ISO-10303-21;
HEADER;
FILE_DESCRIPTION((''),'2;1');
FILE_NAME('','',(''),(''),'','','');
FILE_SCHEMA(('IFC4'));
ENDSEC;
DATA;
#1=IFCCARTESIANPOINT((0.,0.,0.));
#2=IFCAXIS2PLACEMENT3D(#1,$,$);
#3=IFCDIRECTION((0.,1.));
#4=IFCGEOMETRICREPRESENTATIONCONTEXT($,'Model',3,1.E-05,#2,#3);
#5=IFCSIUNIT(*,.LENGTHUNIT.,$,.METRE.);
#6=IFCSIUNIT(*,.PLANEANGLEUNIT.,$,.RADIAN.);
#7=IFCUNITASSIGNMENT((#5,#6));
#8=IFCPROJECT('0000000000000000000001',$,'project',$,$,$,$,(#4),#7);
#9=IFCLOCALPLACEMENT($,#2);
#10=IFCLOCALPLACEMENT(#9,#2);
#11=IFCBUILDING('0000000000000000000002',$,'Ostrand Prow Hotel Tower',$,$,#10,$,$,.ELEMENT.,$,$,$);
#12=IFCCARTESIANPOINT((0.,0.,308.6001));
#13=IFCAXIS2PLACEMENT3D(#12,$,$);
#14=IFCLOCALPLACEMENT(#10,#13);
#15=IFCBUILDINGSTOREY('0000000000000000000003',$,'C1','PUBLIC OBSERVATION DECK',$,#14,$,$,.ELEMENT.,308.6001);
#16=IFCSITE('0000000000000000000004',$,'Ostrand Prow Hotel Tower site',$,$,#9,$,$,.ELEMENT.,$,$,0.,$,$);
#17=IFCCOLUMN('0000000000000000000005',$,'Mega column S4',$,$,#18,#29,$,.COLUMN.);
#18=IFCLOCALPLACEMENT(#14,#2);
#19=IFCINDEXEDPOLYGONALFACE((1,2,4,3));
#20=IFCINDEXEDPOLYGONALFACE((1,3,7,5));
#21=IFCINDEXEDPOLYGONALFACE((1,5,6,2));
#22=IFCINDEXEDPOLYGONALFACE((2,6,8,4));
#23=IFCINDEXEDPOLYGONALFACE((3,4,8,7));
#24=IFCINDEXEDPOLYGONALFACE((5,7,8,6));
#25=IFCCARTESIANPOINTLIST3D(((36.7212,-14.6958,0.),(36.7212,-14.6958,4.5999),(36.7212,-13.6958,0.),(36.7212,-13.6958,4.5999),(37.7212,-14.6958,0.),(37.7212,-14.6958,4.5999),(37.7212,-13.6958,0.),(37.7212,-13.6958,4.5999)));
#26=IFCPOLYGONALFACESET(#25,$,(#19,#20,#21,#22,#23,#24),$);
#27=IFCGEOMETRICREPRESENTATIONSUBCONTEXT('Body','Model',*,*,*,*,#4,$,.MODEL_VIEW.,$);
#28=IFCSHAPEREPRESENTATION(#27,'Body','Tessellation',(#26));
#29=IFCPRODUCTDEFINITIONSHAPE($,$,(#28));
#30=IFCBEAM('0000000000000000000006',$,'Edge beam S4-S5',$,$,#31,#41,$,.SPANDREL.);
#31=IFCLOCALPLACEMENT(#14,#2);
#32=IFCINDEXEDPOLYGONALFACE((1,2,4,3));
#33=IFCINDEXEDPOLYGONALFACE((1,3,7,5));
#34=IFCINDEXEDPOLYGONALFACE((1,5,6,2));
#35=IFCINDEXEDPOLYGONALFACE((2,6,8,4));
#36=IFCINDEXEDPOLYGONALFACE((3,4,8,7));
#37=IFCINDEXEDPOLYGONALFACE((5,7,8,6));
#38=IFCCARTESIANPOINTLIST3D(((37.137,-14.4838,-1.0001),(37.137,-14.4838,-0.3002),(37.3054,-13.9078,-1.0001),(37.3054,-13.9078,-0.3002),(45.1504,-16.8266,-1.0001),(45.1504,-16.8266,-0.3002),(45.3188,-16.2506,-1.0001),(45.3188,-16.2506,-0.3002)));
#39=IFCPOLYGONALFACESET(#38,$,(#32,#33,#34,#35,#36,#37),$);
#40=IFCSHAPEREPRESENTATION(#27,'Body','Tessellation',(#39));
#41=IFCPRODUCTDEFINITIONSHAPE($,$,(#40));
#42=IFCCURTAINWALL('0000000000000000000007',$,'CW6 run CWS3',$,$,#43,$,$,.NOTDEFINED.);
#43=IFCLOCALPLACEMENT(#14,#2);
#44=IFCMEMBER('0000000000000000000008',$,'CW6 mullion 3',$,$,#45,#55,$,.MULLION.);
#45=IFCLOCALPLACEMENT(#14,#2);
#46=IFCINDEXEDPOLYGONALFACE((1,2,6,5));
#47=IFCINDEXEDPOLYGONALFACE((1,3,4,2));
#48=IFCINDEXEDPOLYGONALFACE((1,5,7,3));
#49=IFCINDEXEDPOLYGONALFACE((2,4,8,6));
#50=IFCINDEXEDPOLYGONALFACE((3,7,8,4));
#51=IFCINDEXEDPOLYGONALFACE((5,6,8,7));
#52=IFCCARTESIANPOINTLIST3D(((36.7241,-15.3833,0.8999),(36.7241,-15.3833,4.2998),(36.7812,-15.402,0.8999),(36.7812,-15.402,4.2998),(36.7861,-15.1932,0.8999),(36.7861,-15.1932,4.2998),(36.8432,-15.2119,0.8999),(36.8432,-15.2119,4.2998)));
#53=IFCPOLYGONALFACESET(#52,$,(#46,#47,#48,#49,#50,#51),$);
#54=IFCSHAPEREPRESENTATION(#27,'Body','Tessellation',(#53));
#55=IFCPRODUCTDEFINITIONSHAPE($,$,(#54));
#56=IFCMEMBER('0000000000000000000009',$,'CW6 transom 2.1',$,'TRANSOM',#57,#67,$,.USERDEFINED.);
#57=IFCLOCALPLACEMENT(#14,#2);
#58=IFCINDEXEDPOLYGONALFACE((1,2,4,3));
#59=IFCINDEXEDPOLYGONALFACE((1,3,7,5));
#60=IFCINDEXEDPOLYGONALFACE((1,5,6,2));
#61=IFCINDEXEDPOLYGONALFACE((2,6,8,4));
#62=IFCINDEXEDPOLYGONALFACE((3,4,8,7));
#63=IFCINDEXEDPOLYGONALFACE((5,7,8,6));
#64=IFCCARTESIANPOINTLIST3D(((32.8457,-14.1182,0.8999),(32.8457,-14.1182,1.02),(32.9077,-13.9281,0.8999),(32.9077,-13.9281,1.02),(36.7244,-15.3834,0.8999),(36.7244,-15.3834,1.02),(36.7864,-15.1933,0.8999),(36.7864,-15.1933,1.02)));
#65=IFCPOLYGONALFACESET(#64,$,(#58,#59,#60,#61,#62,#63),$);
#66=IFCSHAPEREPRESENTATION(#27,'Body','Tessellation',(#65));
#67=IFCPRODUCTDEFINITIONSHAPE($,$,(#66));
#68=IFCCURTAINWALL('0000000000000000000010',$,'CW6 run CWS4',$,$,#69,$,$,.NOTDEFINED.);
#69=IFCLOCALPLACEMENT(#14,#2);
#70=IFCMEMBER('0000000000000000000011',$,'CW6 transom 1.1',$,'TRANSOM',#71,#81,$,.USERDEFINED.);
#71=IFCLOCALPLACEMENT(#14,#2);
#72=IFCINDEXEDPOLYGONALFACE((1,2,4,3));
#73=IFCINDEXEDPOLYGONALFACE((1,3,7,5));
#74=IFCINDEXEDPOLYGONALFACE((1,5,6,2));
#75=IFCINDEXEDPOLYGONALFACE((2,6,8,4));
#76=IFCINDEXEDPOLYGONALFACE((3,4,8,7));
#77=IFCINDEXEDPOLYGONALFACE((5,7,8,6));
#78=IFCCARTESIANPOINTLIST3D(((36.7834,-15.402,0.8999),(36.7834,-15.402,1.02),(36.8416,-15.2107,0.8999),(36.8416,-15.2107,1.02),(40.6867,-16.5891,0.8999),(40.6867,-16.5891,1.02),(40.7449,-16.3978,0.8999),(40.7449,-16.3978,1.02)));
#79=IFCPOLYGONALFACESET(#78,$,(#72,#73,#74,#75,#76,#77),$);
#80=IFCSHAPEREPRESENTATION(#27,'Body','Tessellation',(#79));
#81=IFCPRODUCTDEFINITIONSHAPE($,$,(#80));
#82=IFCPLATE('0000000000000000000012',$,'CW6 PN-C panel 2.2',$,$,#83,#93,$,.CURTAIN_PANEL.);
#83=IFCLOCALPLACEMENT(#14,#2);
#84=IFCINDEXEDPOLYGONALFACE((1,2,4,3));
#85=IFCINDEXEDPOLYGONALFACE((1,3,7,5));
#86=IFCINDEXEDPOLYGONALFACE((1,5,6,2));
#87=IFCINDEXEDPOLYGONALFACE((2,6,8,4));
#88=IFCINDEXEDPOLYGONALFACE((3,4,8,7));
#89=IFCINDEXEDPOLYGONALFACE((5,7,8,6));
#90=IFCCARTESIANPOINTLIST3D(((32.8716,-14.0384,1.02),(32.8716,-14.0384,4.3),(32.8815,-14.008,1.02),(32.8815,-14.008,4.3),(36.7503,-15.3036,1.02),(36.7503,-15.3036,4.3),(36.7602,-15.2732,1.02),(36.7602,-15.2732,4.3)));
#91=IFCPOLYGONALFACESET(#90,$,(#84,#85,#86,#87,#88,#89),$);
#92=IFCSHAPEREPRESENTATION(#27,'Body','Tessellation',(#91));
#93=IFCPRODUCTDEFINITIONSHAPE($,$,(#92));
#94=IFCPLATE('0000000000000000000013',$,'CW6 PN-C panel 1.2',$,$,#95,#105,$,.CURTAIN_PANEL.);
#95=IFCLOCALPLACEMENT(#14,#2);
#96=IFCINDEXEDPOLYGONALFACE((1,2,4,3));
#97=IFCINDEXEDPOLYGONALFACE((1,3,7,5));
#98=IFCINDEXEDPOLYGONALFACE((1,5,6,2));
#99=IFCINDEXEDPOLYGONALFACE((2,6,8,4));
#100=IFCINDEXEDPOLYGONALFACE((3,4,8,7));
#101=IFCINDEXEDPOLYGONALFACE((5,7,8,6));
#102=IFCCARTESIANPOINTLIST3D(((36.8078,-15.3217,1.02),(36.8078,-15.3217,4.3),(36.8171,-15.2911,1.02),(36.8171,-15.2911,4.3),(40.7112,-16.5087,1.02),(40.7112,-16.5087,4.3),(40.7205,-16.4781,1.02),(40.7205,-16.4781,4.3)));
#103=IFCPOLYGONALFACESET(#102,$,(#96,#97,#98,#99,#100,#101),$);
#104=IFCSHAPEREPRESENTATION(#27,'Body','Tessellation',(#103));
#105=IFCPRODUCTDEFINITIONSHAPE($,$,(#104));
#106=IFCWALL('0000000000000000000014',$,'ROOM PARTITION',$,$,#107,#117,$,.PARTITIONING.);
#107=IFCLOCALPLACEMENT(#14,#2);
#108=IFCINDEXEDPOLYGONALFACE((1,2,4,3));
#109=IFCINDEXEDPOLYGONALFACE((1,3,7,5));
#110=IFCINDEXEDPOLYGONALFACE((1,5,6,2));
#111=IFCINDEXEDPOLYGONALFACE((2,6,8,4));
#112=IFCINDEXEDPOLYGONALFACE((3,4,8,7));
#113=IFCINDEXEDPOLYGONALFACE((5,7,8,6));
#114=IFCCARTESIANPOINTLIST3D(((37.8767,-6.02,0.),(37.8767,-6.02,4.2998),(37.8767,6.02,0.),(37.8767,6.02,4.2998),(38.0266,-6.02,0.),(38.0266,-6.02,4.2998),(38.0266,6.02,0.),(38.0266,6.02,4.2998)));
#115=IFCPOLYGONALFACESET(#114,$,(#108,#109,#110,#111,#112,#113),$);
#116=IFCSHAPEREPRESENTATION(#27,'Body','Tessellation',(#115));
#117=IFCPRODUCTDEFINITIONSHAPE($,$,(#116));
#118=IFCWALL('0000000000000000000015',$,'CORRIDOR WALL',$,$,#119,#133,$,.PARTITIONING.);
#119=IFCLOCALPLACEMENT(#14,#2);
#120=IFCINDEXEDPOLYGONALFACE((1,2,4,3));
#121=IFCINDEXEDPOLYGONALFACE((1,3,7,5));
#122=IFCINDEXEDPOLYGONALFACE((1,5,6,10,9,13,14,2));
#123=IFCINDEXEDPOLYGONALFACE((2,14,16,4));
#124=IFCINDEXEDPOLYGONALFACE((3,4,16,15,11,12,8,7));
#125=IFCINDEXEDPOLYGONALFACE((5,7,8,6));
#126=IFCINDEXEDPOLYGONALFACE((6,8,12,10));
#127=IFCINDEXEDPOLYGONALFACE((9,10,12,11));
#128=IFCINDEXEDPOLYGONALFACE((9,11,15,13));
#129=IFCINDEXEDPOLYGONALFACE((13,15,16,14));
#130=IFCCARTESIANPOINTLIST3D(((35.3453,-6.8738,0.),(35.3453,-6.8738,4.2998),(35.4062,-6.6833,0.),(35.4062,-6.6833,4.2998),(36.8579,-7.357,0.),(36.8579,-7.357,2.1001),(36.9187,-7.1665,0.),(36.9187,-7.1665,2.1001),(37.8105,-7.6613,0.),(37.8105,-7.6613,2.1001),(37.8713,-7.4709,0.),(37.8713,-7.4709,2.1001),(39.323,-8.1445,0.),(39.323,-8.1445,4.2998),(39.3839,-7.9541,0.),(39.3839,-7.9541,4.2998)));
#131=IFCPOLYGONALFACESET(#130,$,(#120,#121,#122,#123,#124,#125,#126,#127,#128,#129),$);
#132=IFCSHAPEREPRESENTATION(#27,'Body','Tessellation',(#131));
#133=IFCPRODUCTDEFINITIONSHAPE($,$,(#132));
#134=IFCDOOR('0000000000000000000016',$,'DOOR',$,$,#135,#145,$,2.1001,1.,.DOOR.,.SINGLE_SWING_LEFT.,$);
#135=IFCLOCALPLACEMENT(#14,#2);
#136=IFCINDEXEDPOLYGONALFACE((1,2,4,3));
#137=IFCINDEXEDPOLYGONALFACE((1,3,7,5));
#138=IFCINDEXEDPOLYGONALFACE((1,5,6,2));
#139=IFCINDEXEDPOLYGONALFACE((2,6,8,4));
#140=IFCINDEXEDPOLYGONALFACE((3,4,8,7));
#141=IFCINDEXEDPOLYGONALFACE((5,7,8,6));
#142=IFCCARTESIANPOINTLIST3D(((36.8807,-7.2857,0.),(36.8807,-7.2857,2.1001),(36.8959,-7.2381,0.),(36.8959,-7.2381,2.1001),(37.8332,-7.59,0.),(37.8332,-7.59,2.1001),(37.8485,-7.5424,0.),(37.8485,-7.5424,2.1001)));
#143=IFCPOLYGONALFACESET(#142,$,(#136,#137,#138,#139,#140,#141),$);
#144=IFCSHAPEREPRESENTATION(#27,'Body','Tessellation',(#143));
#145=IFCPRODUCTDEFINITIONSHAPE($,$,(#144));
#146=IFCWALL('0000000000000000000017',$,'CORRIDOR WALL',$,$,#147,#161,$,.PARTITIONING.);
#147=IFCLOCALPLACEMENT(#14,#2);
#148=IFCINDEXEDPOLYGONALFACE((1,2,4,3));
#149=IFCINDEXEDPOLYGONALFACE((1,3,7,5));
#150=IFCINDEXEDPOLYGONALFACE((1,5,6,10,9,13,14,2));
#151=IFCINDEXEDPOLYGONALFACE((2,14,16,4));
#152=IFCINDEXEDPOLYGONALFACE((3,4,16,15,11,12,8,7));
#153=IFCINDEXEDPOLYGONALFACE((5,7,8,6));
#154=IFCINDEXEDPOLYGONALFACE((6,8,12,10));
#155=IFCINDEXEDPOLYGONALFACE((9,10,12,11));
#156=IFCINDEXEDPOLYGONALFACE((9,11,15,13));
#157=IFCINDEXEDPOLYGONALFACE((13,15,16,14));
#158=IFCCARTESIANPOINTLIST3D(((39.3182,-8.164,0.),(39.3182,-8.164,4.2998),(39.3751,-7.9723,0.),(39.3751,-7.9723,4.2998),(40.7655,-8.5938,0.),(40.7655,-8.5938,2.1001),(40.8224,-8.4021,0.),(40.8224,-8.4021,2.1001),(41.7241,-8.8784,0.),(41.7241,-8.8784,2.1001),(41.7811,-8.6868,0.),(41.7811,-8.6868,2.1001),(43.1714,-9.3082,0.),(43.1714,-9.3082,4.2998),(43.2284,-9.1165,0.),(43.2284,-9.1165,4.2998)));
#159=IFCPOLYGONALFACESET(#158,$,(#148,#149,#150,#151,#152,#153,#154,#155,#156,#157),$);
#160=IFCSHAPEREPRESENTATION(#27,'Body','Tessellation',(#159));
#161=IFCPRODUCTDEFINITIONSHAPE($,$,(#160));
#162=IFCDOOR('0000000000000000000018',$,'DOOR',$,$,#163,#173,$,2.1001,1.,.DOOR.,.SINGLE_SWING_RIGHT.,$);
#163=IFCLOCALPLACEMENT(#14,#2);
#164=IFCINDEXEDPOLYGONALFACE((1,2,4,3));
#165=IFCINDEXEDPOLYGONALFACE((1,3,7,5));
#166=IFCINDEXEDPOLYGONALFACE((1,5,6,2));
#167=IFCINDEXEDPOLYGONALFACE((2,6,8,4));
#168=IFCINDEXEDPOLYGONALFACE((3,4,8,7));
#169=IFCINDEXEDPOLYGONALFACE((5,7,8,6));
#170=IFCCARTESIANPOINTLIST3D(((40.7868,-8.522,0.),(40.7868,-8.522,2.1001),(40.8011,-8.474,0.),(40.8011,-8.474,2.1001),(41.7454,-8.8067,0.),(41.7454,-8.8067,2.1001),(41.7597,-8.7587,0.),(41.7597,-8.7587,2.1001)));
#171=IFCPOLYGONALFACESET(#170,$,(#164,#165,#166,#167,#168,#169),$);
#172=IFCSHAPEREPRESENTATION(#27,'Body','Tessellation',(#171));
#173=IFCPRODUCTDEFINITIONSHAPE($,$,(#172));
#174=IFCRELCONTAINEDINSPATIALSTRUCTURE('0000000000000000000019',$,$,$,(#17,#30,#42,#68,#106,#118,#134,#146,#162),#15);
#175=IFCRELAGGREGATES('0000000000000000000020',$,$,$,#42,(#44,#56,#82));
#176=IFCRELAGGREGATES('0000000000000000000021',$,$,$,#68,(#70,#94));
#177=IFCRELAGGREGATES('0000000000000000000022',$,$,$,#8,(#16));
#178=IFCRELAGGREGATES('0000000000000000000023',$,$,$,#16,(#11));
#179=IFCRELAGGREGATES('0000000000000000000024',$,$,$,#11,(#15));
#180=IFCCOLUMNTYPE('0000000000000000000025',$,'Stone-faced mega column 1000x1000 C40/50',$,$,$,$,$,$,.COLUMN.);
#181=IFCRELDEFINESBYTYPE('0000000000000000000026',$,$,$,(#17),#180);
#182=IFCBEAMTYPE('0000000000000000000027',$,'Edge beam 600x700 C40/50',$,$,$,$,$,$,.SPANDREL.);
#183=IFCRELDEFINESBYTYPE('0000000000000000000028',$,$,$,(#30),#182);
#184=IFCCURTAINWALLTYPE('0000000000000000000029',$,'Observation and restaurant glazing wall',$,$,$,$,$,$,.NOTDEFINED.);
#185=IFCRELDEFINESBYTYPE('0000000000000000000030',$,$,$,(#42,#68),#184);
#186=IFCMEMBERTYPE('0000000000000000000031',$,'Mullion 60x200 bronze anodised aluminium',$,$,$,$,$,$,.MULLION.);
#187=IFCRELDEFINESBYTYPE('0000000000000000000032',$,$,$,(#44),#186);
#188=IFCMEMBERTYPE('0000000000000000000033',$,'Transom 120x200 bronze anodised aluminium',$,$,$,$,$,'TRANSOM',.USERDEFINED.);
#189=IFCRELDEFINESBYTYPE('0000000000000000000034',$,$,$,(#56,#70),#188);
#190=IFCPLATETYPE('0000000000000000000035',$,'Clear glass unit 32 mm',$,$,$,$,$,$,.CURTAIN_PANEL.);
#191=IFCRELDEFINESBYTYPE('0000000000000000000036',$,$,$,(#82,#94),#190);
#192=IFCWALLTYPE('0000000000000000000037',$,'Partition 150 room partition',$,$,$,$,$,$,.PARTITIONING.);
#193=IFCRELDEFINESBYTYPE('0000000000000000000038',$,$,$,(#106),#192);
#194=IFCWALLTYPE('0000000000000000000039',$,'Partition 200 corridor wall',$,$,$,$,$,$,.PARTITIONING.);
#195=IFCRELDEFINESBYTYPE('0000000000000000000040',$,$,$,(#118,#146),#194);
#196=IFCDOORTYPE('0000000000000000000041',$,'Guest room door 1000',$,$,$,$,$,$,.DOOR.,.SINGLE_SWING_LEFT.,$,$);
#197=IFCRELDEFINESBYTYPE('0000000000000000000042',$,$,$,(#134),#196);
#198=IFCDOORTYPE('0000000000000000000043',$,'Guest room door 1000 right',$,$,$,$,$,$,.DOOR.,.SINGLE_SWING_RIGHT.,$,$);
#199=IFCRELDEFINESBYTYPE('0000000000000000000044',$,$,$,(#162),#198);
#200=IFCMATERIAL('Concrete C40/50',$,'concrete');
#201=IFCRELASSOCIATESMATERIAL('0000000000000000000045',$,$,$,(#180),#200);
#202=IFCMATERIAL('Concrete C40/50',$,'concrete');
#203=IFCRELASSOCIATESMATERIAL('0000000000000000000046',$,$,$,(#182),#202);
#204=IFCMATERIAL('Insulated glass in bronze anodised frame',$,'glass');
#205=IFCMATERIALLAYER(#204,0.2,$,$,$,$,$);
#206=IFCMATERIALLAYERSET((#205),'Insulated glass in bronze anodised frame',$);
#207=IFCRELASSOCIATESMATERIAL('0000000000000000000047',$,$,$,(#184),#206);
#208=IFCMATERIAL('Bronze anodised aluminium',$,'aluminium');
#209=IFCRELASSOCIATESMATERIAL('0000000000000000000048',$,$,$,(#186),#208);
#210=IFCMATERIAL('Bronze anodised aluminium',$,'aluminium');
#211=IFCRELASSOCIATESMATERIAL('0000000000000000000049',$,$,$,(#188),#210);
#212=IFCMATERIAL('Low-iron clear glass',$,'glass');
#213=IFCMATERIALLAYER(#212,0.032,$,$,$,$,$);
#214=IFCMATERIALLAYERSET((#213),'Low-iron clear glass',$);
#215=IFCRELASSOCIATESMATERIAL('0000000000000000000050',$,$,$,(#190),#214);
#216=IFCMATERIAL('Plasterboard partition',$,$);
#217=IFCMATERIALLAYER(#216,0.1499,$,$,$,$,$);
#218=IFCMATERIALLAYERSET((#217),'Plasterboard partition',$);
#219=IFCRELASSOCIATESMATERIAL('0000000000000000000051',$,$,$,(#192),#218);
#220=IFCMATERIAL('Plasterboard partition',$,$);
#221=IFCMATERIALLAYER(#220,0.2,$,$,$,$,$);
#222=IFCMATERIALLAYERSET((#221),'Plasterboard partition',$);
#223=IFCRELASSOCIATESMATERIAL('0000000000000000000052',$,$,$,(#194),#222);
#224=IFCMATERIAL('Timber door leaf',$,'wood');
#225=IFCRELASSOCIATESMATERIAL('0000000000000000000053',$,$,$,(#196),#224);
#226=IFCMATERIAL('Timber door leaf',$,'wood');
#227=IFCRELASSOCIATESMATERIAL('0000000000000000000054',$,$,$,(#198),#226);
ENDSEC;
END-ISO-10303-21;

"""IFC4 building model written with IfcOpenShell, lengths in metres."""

from ifc_helpers import new_model, si_unit, direction, frame, frame_2d, origin, origin_2d, place, context, subcontext, project, spatial, rectangle, extrude, material, layer, layer_set, material_profile, profile_set, type_object, element, fill, aggregate, save


model = new_model("IFC4")

# Units and contexts
model_context = context("Model", 3, precision=1e-05, world=origin(), true_north=direction((0.0, 1.0)))
body_context = subcontext(model_context, "Body", "Model", "MODEL_VIEW")
ifc_project = project(units=[si_unit("LENGTHUNIT", "METRE"), si_unit("PLANEANGLEUNIT", "RADIAN")], contexts=[model_context])

# Site, building, storey
site_placement = place(None, origin())
site = spatial("IfcSite", under=ifc_project, at=site_placement, Name="Ostrand Prow Hotel Tower site", CompositionType="ELEMENT", RefElevation=0.0)
building_placement = place(site_placement, origin())
building = spatial("IfcBuilding", under=site, at=building_placement, Name="Ostrand Prow Hotel Tower", CompositionType="ELEMENT")
storey_placement = place(building_placement, frame((0.0, 0.0, 308.6001)))
storey = spatial("IfcBuildingStorey", under=building, at=storey_placement, Name="C1", Description="PUBLIC OBSERVATION DECK", CompositionType="ELEMENT", Elevation=308.6001)

# Column
ifc_material_1 = material(Name="Concrete C40/50", Category="concrete")
ifc_material_profile_1 = material_profile(ifc_material_1, rectangle(XDim=1.0, YDim=1.0, at=origin_2d()), Name="RC 1000x1000")
ifc_profile_set_1 = profile_set([ifc_material_profile_1], Name="Concrete C40/50")
column_type = type_object("IfcColumnType", Name="Stone-faced mega column 1000x1000 C40/50", PredefinedType="COLUMN", material=ifc_profile_set_1)
column_placement = place(storey_placement, frame((37.2212, -14.1958, 0.0), z_axis=(0.0, 0.0, 1.0), x_axis=(1.0, 0.0, 0.0)))
element("IfcColumn", 1, at=column_placement, inside=storey, type_object=column_type, Name="Mega column S4", PredefinedType="COLUMN", context=body_context, shape_type="SweptSolid", body=[
    extrude(rectangle(XDim=1.0, YDim=1.0, at=origin_2d()), origin(), (0.0, 0.0, 1.0), 4.5999),
])

# Beam
ifc_material_2 = material(Name="Concrete C40/50", Category="concrete")
ifc_material_profile_2 = material_profile(ifc_material_2, rectangle(XDim=0.6001, YDim=0.7, at=origin_2d()), Name="RC 600x700")
ifc_profile_set_2 = profile_set([ifc_material_profile_2], Name="Concrete C40/50")
beam_type = type_object("IfcBeamType", Name="Edge beam 600x700 C40/50", PredefinedType="SPANDREL", material=ifc_profile_set_2)
beam_placement = place(storey_placement, frame((37.2212, -14.1958, -0.6501), z_axis=(0.959822, -0.28061, 0.0), x_axis=(0.28061, 0.959822, 0.0)))
element("IfcBeam", 2, at=beam_placement, inside=storey, type_object=beam_type, Name="Edge beam S4-S5", PredefinedType="SPANDREL", context=body_context, shape_type="SweptSolid", body=[
    extrude(rectangle(XDim=0.6001, YDim=0.7, at=origin_2d()), origin(), (0.0, 0.0, 1.0), 8.3489),
])

# Curtain wall, members
ifc_material_3 = material(Name="Insulated glass in bronze anodised frame", Category="glass")
ifc_layer_1 = layer(ifc_material_3, 0.2)
ifc_layer_set_1 = layer_set([ifc_layer_1], Name="Insulated glass in bronze anodised frame")
curtain_wall_type = type_object("IfcCurtainWallType", Name="Observation and restaurant glazing wall", PredefinedType="NOTDEFINED", material=ifc_layer_set_1)
curtain_wall_1_placement = place(storey_placement, origin())
curtain_wall_1 = element("IfcCurtainWall", 3, at=curtain_wall_1_placement, inside=storey, type_object=curtain_wall_type, Name="CW6 run CWS3", PredefinedType="NOTDEFINED")
ifc_material_4 = material(Name="Bronze anodised aluminium", Category="aluminium")
ifc_material_profile_3 = material_profile(ifc_material_4, rectangle(XDim=0.2, YDim=0.0601, at=origin_2d()), Name="Mullion 60x200 bronze anodised aluminium")
ifc_profile_set_3 = profile_set([ifc_material_profile_3], Name="Bronze anodised aluminium")
member_type_1 = type_object("IfcMemberType", Name="Mullion 60x200 bronze anodised aluminium", PredefinedType="MULLION", material=ifc_profile_set_3)
member_1_placement = place(storey_placement, frame((36.7837, -15.2976, 0.8999), z_axis=(0.0, 0.0, 1.0), x_axis=(0.310111, 0.9507, 0.0)))
member_1 = element("IfcMember", 4, at=member_1_placement, type_object=member_type_1, Name="CW6 mullion 3", PredefinedType="MULLION", context=body_context, shape_type="SweptSolid", body=[
    extrude(rectangle(XDim=0.2, YDim=0.0601, at=origin_2d()), origin(), (0.0, 0.0, 1.0), 3.3999),
])
ifc_material_5 = material(Name="Bronze anodised aluminium", Category="aluminium")
ifc_material_profile_4 = material_profile(ifc_material_5, rectangle(XDim=0.2, YDim=0.1201, at=origin_2d()), Name="Transom 120x200 bronze anodised aluminium")
ifc_profile_set_4 = profile_set([ifc_material_profile_4], Name="Bronze anodised aluminium")
member_type_2 = type_object("IfcMemberType", Name="Transom 120x200 bronze anodised aluminium", ElementType="TRANSOM", PredefinedType="USERDEFINED", material=ifc_profile_set_4)
member_2_placement = place(storey_placement, frame((32.8767, -14.0232, 0.96), z_axis=(0.950704, -0.310099, 0.0), x_axis=(0.310099, 0.950704, 0.0)))
member_2 = element("IfcMember", 5, at=member_2_placement, type_object=member_type_2, Name="CW6 transom 2.1", ObjectType="TRANSOM", PredefinedType="USERDEFINED", context=body_context, shape_type="SweptSolid", body=[
    extrude(rectangle(XDim=0.2, YDim=0.1201, at=origin_2d()), origin(), (0.0, 0.0, 1.0), 4.0798),
])

# Curtain wall, member
curtain_wall_2_placement = place(storey_placement, origin())
curtain_wall_2 = element("IfcCurtainWall", 6, at=curtain_wall_2_placement, inside=storey, type_object=curtain_wall_type, Name="CW6 run CWS4", PredefinedType="NOTDEFINED")
member_3_placement = place(storey_placement, frame((36.8125, -15.3064, 0.96), z_axis=(0.956739, -0.290947, 0.0), x_axis=(0.290947, 0.956739, 0.0)))
member_3 = element("IfcMember", 7, at=member_3_placement, type_object=member_type_2, Name="CW6 transom 1.1", ObjectType="TRANSOM", PredefinedType="USERDEFINED", context=body_context, shape_type="SweptSolid", body=[
    extrude(rectangle(XDim=0.2, YDim=0.1201, at=origin_2d()), origin(), (0.0, 0.0, 1.0), 4.0798),
])

# Plates
ifc_material_6 = material(Name="Low-iron clear glass", Category="glass")
ifc_layer_2 = layer(ifc_material_6, 0.032)
ifc_layer_set_2 = layer_set([ifc_layer_2], Name="Low-iron clear glass")
plate_type = type_object("IfcPlateType", Name="Clear glass unit 32 mm", PredefinedType="CURTAIN_PANEL", material=ifc_layer_set_2)
plate_1_placement = place(storey_placement, frame((34.8159, -14.6558, 1.02), z_axis=(0.0, 0.0, 1.0), x_axis=(0.9507, -0.310111, 0.0)))
plate_1 = element("IfcPlate", 8, at=plate_1_placement, type_object=plate_type, Name="CW6 PN-C panel 2.2", PredefinedType="CURTAIN_PANEL", context=body_context, shape_type="SweptSolid", body=[
    extrude(rectangle(XDim=4.0798, YDim=0.032, at=origin_2d()), origin(), (0.0, 0.0, 1.0), 3.28),
])
aggregate(curtain_wall_1, [member_1, member_2, plate_1])
plate_2_placement = place(storey_placement, frame((38.7642, -15.8999, 1.02), z_axis=(0.0, 0.0, 1.0), x_axis=(0.956742, -0.290938, 0.0)))
plate_2 = element("IfcPlate", 9, at=plate_2_placement, type_object=plate_type, Name="CW6 PN-C panel 1.2", PredefinedType="CURTAIN_PANEL", context=body_context, shape_type="SweptSolid", body=[
    extrude(rectangle(XDim=4.0798, YDim=0.032, at=origin_2d()), origin(), (0.0, 0.0, 1.0), 3.28),
])
aggregate(curtain_wall_2, [member_3, plate_2])

# Wall
ifc_material_7 = material(Name="Plasterboard partition")
ifc_layer_3 = layer(ifc_material_7, 0.1499)
ifc_layer_set_3 = layer_set([ifc_layer_3], Name="Plasterboard partition")
wall_type_1 = type_object("IfcWallType", Name="Partition 150 room partition", PredefinedType="PARTITIONING", material=ifc_layer_set_3)
wall_1_placement = place(storey_placement, frame((37.9517, -6.02, 0.0), z_axis=(0.0, 0.0, 1.0), x_axis=(0.0, 1.0, 0.0)))
element("IfcWall", 10, at=wall_1_placement, inside=storey, type_object=wall_type_1, Name="ROOM PARTITION", PredefinedType="PARTITIONING", context=body_context, shape_type="SweptSolid", body=[
    extrude(rectangle(XDim=12.04, YDim=0.1499, at=frame_2d((6.02, 0.0))), origin(), (0.0, 0.0, 1.0), 4.2998),
])

# Walls, openings, doors
ifc_material_8 = material(Name="Plasterboard partition")
ifc_layer_4 = layer(ifc_material_8, 0.2)
ifc_layer_set_4 = layer_set([ifc_layer_4], Name="Plasterboard partition")
wall_type_2 = type_object("IfcWallType", Name="Partition 200 corridor wall", PredefinedType="PARTITIONING", material=ifc_layer_set_4)
wall_2_placement = place(storey_placement, frame((35.3757, -6.7786, 0.0), z_axis=(0.0, 0.0, 1.0), x_axis=(0.952573, -0.304311, 0.0)))
wall_2 = element("IfcWall", 11, at=wall_2_placement, inside=storey, type_object=wall_type_2, Name="CORRIDOR WALL", PredefinedType="PARTITIONING", context=body_context, shape_type="SweptSolid", body=[
    extrude(rectangle(XDim=4.1758, YDim=0.2, at=frame_2d((2.0879, 0.0))), origin(), (0.0, 0.0, 1.0), 4.2998),
])
opening_1_placement = place(wall_2_placement, frame((1.5879, 0.0, 0.0)))
opening_1 = element("IfcOpeningElement", 12, at=opening_1_placement, cuts=wall_2, PredefinedType="OPENING", context=body_context, shape_type="SweptSolid", body=[
    extrude(rectangle(XDim=1.0, YDim=2.1001, at=frame_2d((0.5, 1.05))), frame((0.0, 0.1099, 0.0), z_axis=(0.0, -1.0, 0.0), x_axis=(1.0, 0.0, 0.0)), (0.0, 0.0, 1.0), 0.22),
])
ifc_material_9 = material(Name="Timber door leaf", Category="wood")
door_type_1 = type_object("IfcDoorType", Name="Guest room door 1000", OperationType="SINGLE_SWING_LEFT", PredefinedType="DOOR", material=ifc_material_9)
door_1_placement = place(opening_1_placement, origin())
door_1 = element("IfcDoor", 13, at=door_1_placement, inside=storey, type_object=door_type_1, Name="DOOR", OperationType="SINGLE_SWING_LEFT", OverallHeight=2.1001, OverallWidth=1.0, PredefinedType="DOOR", context=body_context, shape_type="SweptSolid", body=[
    extrude(rectangle(XDim=1.0, YDim=2.1001, at=frame_2d((0.5, 1.05))), frame((0.0, 0.0249, 0.0), z_axis=(0.0, -1.0, 0.0), x_axis=(1.0, 0.0, 0.0)), (0.0, 0.0, 1.0), 0.05),
])
fill(opening_1, door_1)
wall_3_placement = place(storey_placement, frame((39.3467, -8.0681, 0.0), z_axis=(0.0, 0.0, 1.0), x_axis=(0.958623, -0.284678, 0.0)))
wall_3 = element("IfcWall", 14, at=wall_3_placement, inside=storey, type_object=wall_type_2, Name="CORRIDOR WALL", PredefinedType="PARTITIONING", context=body_context, shape_type="SweptSolid", body=[
    extrude(rectangle(XDim=4.0195, YDim=0.2, at=frame_2d((2.0098, 0.0))), origin(), (0.0, 0.0, 1.0), 4.2998),
])
opening_2_placement = place(wall_3_placement, frame((1.5098, 0.0, 0.0)))
opening_2 = element("IfcOpeningElement", 15, at=opening_2_placement, cuts=wall_3, PredefinedType="OPENING", context=body_context, shape_type="SweptSolid", body=[
    extrude(rectangle(XDim=1.0, YDim=2.1001, at=frame_2d((0.5, 1.05))), frame((0.0, 0.1099, 0.0), z_axis=(0.0, -1.0, 0.0), x_axis=(1.0, 0.0, 0.0)), (0.0, 0.0, 1.0), 0.22),
])
ifc_material_10 = material(Name="Timber door leaf", Category="wood")
door_type_2 = type_object("IfcDoorType", Name="Guest room door 1000 right", OperationType="SINGLE_SWING_RIGHT", PredefinedType="DOOR", material=ifc_material_10)
door_2_placement = place(opening_2_placement, origin())
door_2 = element("IfcDoor", 16, at=door_2_placement, inside=storey, type_object=door_type_2, Name="DOOR", OperationType="SINGLE_SWING_RIGHT", OverallHeight=2.1001, OverallWidth=1.0, PredefinedType="DOOR", context=body_context, shape_type="SweptSolid", body=[
    extrude(rectangle(XDim=1.0, YDim=2.1001, at=frame_2d((0.5, 1.05))), frame((0.0, 0.0249, 0.0), z_axis=(0.0, -1.0, 0.0), x_axis=(1.0, 0.0, 0.0)), (0.0, 0.0, 1.0), 0.05),
])
fill(opening_2, door_2)

save(model, "model.ifc")
